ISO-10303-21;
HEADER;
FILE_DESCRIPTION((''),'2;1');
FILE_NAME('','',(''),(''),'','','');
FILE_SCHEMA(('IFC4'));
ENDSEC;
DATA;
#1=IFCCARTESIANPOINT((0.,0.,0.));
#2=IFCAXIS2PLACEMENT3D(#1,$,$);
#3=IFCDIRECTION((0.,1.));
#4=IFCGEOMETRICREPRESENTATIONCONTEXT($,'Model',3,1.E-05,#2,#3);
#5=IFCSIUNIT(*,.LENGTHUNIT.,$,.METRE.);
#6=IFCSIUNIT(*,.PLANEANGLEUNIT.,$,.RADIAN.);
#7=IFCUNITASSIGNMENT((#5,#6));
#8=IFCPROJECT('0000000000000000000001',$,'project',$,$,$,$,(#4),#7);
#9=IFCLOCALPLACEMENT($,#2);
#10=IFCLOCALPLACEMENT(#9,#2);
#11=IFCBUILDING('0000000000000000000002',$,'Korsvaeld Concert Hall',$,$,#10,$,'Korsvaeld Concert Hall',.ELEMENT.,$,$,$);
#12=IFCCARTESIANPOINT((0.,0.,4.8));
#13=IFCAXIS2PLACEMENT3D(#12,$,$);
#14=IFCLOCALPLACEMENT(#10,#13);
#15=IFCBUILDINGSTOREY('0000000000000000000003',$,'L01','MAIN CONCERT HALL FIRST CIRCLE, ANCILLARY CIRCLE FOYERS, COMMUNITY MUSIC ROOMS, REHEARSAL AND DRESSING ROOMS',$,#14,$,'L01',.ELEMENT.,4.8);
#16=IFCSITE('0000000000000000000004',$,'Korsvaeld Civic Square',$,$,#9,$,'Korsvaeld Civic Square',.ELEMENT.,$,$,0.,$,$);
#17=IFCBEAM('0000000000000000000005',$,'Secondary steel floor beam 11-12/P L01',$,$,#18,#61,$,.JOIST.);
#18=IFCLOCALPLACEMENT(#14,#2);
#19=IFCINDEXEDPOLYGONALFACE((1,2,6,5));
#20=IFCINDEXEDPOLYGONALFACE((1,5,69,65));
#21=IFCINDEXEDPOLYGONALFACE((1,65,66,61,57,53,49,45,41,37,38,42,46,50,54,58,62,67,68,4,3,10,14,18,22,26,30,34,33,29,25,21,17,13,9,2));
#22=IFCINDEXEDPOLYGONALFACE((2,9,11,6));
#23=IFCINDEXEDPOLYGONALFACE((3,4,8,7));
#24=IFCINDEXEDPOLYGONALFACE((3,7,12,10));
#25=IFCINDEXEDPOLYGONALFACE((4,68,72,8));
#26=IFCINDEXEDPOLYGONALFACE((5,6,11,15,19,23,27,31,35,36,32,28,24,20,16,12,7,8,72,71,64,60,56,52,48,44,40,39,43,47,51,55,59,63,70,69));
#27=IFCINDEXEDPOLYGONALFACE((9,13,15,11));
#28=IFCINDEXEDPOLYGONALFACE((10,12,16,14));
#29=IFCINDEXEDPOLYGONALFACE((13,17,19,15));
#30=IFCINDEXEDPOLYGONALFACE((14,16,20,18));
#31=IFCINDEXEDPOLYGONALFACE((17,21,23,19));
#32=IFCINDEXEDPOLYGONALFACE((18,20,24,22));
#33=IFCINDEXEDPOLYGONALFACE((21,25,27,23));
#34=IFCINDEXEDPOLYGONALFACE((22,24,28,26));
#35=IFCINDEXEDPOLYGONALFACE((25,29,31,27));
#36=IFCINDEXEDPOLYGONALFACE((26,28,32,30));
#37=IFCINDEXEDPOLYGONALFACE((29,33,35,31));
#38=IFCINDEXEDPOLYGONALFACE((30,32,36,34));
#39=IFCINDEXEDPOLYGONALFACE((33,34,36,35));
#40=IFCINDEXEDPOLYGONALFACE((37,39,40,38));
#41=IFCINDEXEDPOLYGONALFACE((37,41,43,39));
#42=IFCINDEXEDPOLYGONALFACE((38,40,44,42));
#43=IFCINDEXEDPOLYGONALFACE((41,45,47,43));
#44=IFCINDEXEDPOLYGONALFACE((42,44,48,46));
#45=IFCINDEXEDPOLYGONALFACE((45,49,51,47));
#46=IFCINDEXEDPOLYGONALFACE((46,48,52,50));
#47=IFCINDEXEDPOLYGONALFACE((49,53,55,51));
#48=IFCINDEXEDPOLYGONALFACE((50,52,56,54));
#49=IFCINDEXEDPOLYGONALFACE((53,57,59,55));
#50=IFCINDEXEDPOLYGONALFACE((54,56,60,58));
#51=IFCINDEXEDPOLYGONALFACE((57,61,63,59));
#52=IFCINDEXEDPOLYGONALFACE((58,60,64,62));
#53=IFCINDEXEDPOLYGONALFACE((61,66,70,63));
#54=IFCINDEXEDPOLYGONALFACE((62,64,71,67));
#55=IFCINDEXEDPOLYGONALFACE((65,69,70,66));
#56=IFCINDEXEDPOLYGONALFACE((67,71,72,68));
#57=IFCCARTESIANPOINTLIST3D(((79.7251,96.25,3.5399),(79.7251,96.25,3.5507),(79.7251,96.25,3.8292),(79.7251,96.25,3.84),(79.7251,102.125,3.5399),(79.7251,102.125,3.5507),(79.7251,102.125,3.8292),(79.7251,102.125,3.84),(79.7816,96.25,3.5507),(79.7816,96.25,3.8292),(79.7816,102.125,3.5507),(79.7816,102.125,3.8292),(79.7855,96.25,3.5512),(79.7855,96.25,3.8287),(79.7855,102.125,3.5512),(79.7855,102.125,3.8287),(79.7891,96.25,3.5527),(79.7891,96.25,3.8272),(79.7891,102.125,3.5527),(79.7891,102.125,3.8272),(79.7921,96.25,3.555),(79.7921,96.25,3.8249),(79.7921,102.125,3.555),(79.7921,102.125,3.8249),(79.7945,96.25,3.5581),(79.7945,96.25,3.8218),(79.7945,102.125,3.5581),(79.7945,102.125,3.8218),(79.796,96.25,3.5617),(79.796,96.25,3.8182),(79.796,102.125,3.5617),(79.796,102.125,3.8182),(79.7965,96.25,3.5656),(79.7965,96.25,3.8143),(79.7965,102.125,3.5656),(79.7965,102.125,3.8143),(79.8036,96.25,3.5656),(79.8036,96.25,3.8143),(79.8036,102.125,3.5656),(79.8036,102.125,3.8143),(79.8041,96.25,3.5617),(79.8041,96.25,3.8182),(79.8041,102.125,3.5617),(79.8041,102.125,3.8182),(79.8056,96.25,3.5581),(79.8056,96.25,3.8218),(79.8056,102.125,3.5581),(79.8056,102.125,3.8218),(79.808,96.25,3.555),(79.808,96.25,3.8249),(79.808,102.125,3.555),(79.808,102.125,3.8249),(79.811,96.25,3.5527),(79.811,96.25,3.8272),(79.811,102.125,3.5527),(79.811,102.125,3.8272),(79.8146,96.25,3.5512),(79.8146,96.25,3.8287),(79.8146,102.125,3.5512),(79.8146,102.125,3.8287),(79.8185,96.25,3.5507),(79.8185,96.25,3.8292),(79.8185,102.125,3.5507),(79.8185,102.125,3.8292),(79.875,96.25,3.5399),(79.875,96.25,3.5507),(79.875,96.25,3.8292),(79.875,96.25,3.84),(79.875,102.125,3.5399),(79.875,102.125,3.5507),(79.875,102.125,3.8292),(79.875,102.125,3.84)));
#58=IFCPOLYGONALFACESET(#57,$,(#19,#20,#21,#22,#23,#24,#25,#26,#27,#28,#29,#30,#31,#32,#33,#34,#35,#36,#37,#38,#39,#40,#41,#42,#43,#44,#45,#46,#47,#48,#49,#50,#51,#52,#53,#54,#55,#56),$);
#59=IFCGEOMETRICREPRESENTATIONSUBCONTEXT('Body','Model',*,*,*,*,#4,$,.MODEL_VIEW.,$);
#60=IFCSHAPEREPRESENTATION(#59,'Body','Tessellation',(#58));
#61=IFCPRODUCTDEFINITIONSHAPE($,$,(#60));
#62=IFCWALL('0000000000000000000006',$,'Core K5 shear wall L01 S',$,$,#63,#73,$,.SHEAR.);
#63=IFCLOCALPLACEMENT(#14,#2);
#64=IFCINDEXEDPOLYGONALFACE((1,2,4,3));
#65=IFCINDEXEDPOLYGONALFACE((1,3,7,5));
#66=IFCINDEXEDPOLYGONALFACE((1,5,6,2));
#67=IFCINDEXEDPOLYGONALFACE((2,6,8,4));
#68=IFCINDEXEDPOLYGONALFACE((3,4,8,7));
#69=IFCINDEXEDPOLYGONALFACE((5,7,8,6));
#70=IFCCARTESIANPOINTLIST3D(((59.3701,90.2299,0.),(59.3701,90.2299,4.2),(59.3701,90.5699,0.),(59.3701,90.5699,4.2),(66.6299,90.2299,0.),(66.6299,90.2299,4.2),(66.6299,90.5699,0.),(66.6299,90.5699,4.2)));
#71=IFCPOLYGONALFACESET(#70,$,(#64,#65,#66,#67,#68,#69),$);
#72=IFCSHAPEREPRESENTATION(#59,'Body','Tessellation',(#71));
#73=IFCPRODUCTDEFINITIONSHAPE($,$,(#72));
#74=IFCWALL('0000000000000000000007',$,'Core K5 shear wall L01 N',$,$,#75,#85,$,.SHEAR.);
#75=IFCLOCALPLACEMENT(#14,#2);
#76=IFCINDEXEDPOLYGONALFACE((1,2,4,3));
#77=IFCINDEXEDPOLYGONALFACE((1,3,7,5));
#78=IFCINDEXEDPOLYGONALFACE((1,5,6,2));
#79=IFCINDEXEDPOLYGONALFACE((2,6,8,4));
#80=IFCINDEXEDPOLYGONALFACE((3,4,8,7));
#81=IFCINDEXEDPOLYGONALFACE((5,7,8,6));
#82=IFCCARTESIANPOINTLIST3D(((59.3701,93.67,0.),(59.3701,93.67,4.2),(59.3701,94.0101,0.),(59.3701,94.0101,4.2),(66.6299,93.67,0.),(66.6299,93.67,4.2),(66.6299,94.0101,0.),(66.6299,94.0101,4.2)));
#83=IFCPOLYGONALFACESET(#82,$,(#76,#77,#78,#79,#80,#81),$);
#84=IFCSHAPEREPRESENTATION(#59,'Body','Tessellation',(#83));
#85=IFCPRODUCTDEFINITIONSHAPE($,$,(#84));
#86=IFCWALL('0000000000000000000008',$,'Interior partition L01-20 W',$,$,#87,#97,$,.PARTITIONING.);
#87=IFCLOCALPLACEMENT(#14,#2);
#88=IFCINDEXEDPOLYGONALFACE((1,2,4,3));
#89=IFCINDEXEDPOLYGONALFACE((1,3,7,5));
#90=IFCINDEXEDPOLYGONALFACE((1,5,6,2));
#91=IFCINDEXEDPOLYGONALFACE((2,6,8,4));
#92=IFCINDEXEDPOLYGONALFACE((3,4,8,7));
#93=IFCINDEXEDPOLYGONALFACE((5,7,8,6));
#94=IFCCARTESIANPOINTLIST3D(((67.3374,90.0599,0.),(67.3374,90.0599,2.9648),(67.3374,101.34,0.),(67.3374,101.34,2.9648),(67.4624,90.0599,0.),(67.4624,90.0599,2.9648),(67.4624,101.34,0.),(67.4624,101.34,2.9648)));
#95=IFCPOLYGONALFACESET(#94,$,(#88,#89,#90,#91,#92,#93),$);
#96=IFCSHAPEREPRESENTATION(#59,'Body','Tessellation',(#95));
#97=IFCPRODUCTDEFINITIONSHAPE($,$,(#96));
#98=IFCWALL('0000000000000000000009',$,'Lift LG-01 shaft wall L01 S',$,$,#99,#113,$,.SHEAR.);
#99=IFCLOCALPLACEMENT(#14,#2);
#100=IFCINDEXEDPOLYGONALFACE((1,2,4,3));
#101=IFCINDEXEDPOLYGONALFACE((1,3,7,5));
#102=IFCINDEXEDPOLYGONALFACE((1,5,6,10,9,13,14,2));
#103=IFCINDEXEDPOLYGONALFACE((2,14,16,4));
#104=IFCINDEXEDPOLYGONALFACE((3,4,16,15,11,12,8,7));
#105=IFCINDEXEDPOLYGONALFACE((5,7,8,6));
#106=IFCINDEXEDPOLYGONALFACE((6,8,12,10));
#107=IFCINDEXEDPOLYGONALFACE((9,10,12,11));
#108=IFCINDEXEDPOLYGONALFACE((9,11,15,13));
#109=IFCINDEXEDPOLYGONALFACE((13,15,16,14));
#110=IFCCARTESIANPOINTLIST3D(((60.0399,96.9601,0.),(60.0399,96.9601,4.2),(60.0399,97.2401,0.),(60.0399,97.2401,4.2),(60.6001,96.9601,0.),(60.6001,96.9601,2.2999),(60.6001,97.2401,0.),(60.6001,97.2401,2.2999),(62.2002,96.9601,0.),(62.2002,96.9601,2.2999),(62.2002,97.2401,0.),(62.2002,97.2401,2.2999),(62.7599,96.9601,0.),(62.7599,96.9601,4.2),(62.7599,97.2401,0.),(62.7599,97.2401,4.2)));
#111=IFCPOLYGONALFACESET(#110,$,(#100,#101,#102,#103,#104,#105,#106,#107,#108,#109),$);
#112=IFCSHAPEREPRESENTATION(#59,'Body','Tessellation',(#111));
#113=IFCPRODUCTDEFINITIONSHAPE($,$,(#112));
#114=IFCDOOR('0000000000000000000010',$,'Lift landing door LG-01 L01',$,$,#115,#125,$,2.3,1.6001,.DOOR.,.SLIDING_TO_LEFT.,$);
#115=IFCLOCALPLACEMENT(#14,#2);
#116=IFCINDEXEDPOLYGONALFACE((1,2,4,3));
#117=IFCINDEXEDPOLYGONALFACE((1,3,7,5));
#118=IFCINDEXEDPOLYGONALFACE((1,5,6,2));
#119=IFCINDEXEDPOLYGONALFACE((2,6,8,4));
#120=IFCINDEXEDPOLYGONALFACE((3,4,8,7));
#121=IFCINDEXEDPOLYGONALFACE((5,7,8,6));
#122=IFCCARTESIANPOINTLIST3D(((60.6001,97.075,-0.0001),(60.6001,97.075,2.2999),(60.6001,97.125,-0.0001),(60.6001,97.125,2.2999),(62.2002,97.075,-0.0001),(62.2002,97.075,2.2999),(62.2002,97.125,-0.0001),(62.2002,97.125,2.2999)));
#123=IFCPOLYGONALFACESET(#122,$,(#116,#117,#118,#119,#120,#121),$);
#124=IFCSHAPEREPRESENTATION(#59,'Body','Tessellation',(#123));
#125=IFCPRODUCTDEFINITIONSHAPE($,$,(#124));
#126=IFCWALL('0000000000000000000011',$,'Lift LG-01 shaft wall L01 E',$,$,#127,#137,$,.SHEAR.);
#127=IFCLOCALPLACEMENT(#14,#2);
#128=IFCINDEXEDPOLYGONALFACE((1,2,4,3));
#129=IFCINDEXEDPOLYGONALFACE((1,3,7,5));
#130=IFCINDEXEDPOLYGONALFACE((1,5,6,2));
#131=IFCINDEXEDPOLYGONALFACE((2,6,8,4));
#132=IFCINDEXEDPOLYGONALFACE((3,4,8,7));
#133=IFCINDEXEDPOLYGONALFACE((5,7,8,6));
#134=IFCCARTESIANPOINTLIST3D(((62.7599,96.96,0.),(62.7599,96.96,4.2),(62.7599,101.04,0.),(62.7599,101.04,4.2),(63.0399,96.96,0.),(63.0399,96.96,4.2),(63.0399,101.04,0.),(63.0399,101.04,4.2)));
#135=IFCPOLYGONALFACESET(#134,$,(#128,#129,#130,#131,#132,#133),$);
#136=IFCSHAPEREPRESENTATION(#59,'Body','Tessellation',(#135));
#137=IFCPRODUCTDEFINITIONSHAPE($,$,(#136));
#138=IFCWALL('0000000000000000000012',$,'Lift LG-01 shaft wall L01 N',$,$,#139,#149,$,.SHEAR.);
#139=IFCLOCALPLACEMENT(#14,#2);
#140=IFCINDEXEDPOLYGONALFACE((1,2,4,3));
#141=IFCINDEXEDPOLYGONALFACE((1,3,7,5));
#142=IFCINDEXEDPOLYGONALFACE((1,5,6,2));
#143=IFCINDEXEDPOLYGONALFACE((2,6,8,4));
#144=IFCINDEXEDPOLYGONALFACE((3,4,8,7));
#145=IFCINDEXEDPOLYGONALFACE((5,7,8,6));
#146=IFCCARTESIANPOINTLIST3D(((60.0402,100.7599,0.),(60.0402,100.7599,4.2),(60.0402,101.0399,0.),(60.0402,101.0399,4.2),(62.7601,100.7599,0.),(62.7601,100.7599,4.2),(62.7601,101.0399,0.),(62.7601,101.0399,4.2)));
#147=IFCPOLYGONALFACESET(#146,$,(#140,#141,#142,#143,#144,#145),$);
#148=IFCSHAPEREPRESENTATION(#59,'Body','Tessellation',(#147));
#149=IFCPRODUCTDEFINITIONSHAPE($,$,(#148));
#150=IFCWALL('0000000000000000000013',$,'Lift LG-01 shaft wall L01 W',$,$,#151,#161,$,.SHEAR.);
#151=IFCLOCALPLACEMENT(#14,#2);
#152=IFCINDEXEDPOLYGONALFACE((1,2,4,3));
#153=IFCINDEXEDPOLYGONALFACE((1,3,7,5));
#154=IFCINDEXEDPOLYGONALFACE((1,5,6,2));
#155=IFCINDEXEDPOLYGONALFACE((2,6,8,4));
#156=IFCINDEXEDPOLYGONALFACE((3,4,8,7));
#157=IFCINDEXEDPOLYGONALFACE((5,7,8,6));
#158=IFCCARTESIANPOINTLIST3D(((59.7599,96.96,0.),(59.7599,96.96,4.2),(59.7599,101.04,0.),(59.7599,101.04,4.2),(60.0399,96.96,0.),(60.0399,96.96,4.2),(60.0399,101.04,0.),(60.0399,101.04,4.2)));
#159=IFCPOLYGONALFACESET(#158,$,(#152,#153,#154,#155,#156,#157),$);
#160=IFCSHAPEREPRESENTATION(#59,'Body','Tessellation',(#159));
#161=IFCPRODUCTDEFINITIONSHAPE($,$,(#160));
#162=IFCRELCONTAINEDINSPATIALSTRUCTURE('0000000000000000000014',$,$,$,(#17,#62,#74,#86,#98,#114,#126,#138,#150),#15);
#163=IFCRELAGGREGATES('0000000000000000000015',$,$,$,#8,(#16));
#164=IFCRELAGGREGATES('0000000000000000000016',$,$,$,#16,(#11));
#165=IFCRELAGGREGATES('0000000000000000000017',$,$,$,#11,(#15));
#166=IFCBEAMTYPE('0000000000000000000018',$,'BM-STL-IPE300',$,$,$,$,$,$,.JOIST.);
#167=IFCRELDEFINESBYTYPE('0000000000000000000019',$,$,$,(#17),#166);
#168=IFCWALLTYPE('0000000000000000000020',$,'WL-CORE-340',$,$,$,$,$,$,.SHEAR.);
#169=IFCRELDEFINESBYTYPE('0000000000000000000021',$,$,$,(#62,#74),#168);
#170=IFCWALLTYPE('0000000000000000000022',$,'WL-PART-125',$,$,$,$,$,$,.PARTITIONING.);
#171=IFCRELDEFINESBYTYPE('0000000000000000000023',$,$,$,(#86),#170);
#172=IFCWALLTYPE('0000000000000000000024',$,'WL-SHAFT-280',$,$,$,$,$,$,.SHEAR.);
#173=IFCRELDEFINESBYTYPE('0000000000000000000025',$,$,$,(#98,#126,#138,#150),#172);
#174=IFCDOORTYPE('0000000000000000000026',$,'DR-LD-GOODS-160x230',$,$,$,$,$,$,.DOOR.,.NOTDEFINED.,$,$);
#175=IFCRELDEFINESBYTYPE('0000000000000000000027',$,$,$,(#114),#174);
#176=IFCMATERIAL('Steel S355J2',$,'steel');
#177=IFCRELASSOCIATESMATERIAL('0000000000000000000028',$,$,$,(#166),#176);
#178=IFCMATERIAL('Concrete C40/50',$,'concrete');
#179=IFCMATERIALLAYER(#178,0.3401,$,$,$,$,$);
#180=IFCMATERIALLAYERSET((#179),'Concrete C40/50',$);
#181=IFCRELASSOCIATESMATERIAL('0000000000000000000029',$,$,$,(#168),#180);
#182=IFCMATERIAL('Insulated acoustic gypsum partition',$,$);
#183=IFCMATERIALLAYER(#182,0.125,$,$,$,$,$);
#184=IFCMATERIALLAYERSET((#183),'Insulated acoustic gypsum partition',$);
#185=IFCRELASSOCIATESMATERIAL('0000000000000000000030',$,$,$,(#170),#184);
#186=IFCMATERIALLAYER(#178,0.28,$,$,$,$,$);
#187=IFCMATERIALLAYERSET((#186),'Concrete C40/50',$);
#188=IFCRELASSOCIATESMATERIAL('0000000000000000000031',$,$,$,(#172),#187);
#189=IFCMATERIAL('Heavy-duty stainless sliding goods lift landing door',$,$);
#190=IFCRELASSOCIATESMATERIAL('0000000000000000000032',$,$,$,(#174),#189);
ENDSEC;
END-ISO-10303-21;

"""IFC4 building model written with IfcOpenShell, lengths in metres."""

from ifc_helpers import new_model, si_unit, direction, frame, frame_2d, origin, origin_2d, place, context, subcontext, project, spatial, rectangle, i_section, extrude, material, layer, layer_set, material_profile, profile_set, type_object, element, fill, save


model = new_model("IFC4")

# Units and contexts
model_context = context("Model", 3, precision=1e-05, world=origin(), true_north=direction((0.0, 1.0)))
body_context = subcontext(model_context, "Body", "Model", "MODEL_VIEW")
ifc_project = project(units=[si_unit("LENGTHUNIT", "METRE"), si_unit("PLANEANGLEUNIT", "RADIAN")], contexts=[model_context])

# Site, building, storey
site_placement = place(None, origin())
site = spatial("IfcSite", under=ifc_project, at=site_placement, Name="Korsvaeld Civic Square", LongName="Korsvaeld Civic Square", CompositionType="ELEMENT", RefElevation=0.0)
building_placement = place(site_placement, origin())
building = spatial("IfcBuilding", under=site, at=building_placement, Name="Korsvaeld Concert Hall", LongName="Korsvaeld Concert Hall", CompositionType="ELEMENT")
storey_placement = place(building_placement, frame((0.0, 0.0, 4.8)))
storey = spatial("IfcBuildingStorey", under=building, at=storey_placement, Name="L01", Description="MAIN CONCERT HALL FIRST CIRCLE, ANCILLARY CIRCLE FOYERS, COMMUNITY MUSIC ROOMS, REHEARSAL AND DRESSING ROOMS", LongName="L01", CompositionType="ELEMENT", Elevation=4.8)

# Shared definitions
ifc_material_1 = material(Name="Concrete C40/50", Category="concrete")

# Beam
ifc_material_2 = material(Name="Steel S355J2", Category="steel")
ifc_material_profile_1 = material_profile(ifc_material_2, i_section(OverallWidth=0.1499, OverallDepth=0.3, WebThickness=0.0071, FlangeThickness=0.0107, FilletRadius=0.0149, at=origin_2d()), Name="IPE 300")
ifc_profile_set_1 = profile_set([ifc_material_profile_1], Name="Steel S355J2")
beam_type_1 = type_object("IfcBeamType", Name="BM-STL-IPE300", PredefinedType="JOIST", material=ifc_profile_set_1)
beam_1_placement = place(storey_placement, frame((79.8, 96.25, 3.6899), z_axis=(0.0, 1.0, 0.0), x_axis=(-1.0, 0.0, 0.0)))
element("IfcBeam", 1, at=beam_1_placement, inside=storey, type_object=beam_type_1, Name="Secondary steel floor beam 11-12/P L01", PredefinedType="JOIST", context=body_context, shape_type="SweptSolid", body=[
    extrude(i_section(OverallWidth=0.1499, OverallDepth=0.3, WebThickness=0.0071, FlangeThickness=0.0107, FilletRadius=0.0149, at=origin_2d()), origin(), (0.0, 0.0, 1.0), 5.875),
])

# Walls
ifc_layer_1 = layer(ifc_material_1, 0.3401)
ifc_layer_set_1 = layer_set([ifc_layer_1], Name="Concrete C40/50")
wall_type_1 = type_object("IfcWallType", Name="WL-CORE-340", PredefinedType="SHEAR", material=ifc_layer_set_1)
for number, where, z_axis, x_axis, name in (
    (2, (59.3701, 90.3999, 0.0), (0.0, 0.0, 1.0), (1.0, 0.0, 0.0), "Core K5 shear wall L01 S"),
    (3, (66.6299, 93.8401, 0.0), (0.0, 0.0, 1.0), (-1.0, 0.0, 0.0), "Core K5 shear wall L01 N"),
):
    element("IfcWall", number, at=place(storey_placement, frame(where, z_axis=z_axis, x_axis=x_axis)), inside=storey, type_object=wall_type_1, Name=name, PredefinedType="SHEAR", context=body_context, shape_type="SweptSolid", body=[
        extrude(rectangle(XDim=7.2598, YDim=0.3401, at=frame_2d((3.6299, 0.0))), origin(), (0.0, 0.0, 1.0), 4.2),
    ])

# Wall
ifc_material_3 = material(Name="Insulated acoustic gypsum partition")
ifc_layer_2 = layer(ifc_material_3, 0.125)
ifc_layer_set_2 = layer_set([ifc_layer_2], Name="Insulated acoustic gypsum partition")
wall_type_2 = type_object("IfcWallType", Name="WL-PART-125", PredefinedType="PARTITIONING", material=ifc_layer_set_2)
wall_1_placement = place(storey_placement, frame((67.3999, 101.3401, 0.0), z_axis=(0.0, 0.0, 1.0), x_axis=(0.0, -1.0, 0.0)))
element("IfcWall", 4, at=wall_1_placement, inside=storey, type_object=wall_type_2, Name="Interior partition L01-20 W", PredefinedType="PARTITIONING", context=body_context, shape_type="SweptSolid", body=[
    extrude(rectangle(XDim=11.28, YDim=0.125, at=frame_2d((5.6401, 0.0))), origin(), (0.0, 0.0, 1.0), 2.9648),
])

# Wall, opening, door
ifc_layer_3 = layer(ifc_material_1, 0.28)
ifc_layer_set_3 = layer_set([ifc_layer_3], Name="Concrete C40/50")
wall_type_3 = type_object("IfcWallType", Name="WL-SHAFT-280", PredefinedType="SHEAR", material=ifc_layer_set_3)
wall_2_placement = place(storey_placement, frame((60.04, 97.1001, 0.0), z_axis=(0.0, 0.0, 1.0), x_axis=(1.0, 0.0, 0.0)))
wall_2 = element("IfcWall", 5, at=wall_2_placement, inside=storey, type_object=wall_type_3, Name="Lift LG-01 shaft wall L01 S", PredefinedType="SHEAR", context=body_context, shape_type="SweptSolid", body=[
    extrude(rectangle(XDim=2.72, YDim=0.28, at=frame_2d((1.3599, 0.0))), origin(), (0.0, 0.0, 1.0), 4.2),
])
opening_1_placement = place(wall_2_placement, frame((0.5601, 0.0, 0.0)))
opening_1 = element("IfcOpeningElement", 6, at=opening_1_placement, cuts=wall_2, PredefinedType="OPENING", context=body_context, shape_type="SweptSolid", body=[
    extrude(rectangle(XDim=1.6001, YDim=2.3, at=frame_2d((0.8, 1.1499))), frame((0.0, 0.1499, 0.0), z_axis=(0.0, -1.0, 0.0), x_axis=(1.0, 0.0, 0.0)), (0.0, 0.0, 1.0), 0.3),
])
ifc_material_4 = material(Name="Heavy-duty stainless sliding goods lift landing door")
door_type_1 = type_object("IfcDoorType", Name="DR-LD-GOODS-160x230", OperationType="NOTDEFINED", PredefinedType="DOOR", material=ifc_material_4)
door_1_placement = place(opening_1_placement, origin())
door_1 = element("IfcDoor", 7, at=door_1_placement, inside=storey, type_object=door_type_1, Name="Lift landing door LG-01 L01", OperationType="SLIDING_TO_LEFT", OverallHeight=2.3, OverallWidth=1.6001, PredefinedType="DOOR", context=body_context, shape_type="SweptSolid", body=[
    extrude(rectangle(XDim=1.6001, YDim=2.3, at=frame_2d((0.8, 1.1499))), frame((0.0, 0.0249, 0.0), z_axis=(0.0, -1.0, 0.0), x_axis=(1.0, 0.0, 0.0)), (0.0, 0.0, 1.0), 0.05),
])
fill(opening_1, door_1)

# Walls
wall_3_placement = place(storey_placement, frame((62.8999, 96.96, 0.0), z_axis=(0.0, 0.0, 1.0), x_axis=(0.0, 1.0, 0.0)))
element("IfcWall", 8, at=wall_3_placement, inside=storey, type_object=wall_type_3, Name="Lift LG-01 shaft wall L01 E", PredefinedType="SHEAR", context=body_context, shape_type="SweptSolid", body=[
    extrude(rectangle(XDim=4.0801, YDim=0.28, at=frame_2d((2.04, 0.0))), origin(), (0.0, 0.0, 1.0), 4.2),
])
wall_4_placement = place(storey_placement, frame((62.76, 100.8999, 0.0), z_axis=(0.0, 0.0, 1.0), x_axis=(-1.0, 0.0, 0.0)))
element("IfcWall", 9, at=wall_4_placement, inside=storey, type_object=wall_type_3, Name="Lift LG-01 shaft wall L01 N", PredefinedType="SHEAR", context=body_context, shape_type="SweptSolid", body=[
    extrude(rectangle(XDim=2.72, YDim=0.28, at=frame_2d((1.3599, 0.0))), origin(), (0.0, 0.0, 1.0), 4.2),
])
wall_5_placement = place(storey_placement, frame((59.8999, 101.04, 0.0), z_axis=(0.0, 0.0, 1.0), x_axis=(0.0, -1.0, 0.0)))
element("IfcWall", 10, at=wall_5_placement, inside=storey, type_object=wall_type_3, Name="Lift LG-01 shaft wall L01 W", PredefinedType="SHEAR", context=body_context, shape_type="SweptSolid", body=[
    extrude(rectangle(XDim=4.0801, YDim=0.28, at=frame_2d((2.04, 0.0))), origin(), (0.0, 0.0, 1.0), 4.2),
])

save(model, "model.ifc")
